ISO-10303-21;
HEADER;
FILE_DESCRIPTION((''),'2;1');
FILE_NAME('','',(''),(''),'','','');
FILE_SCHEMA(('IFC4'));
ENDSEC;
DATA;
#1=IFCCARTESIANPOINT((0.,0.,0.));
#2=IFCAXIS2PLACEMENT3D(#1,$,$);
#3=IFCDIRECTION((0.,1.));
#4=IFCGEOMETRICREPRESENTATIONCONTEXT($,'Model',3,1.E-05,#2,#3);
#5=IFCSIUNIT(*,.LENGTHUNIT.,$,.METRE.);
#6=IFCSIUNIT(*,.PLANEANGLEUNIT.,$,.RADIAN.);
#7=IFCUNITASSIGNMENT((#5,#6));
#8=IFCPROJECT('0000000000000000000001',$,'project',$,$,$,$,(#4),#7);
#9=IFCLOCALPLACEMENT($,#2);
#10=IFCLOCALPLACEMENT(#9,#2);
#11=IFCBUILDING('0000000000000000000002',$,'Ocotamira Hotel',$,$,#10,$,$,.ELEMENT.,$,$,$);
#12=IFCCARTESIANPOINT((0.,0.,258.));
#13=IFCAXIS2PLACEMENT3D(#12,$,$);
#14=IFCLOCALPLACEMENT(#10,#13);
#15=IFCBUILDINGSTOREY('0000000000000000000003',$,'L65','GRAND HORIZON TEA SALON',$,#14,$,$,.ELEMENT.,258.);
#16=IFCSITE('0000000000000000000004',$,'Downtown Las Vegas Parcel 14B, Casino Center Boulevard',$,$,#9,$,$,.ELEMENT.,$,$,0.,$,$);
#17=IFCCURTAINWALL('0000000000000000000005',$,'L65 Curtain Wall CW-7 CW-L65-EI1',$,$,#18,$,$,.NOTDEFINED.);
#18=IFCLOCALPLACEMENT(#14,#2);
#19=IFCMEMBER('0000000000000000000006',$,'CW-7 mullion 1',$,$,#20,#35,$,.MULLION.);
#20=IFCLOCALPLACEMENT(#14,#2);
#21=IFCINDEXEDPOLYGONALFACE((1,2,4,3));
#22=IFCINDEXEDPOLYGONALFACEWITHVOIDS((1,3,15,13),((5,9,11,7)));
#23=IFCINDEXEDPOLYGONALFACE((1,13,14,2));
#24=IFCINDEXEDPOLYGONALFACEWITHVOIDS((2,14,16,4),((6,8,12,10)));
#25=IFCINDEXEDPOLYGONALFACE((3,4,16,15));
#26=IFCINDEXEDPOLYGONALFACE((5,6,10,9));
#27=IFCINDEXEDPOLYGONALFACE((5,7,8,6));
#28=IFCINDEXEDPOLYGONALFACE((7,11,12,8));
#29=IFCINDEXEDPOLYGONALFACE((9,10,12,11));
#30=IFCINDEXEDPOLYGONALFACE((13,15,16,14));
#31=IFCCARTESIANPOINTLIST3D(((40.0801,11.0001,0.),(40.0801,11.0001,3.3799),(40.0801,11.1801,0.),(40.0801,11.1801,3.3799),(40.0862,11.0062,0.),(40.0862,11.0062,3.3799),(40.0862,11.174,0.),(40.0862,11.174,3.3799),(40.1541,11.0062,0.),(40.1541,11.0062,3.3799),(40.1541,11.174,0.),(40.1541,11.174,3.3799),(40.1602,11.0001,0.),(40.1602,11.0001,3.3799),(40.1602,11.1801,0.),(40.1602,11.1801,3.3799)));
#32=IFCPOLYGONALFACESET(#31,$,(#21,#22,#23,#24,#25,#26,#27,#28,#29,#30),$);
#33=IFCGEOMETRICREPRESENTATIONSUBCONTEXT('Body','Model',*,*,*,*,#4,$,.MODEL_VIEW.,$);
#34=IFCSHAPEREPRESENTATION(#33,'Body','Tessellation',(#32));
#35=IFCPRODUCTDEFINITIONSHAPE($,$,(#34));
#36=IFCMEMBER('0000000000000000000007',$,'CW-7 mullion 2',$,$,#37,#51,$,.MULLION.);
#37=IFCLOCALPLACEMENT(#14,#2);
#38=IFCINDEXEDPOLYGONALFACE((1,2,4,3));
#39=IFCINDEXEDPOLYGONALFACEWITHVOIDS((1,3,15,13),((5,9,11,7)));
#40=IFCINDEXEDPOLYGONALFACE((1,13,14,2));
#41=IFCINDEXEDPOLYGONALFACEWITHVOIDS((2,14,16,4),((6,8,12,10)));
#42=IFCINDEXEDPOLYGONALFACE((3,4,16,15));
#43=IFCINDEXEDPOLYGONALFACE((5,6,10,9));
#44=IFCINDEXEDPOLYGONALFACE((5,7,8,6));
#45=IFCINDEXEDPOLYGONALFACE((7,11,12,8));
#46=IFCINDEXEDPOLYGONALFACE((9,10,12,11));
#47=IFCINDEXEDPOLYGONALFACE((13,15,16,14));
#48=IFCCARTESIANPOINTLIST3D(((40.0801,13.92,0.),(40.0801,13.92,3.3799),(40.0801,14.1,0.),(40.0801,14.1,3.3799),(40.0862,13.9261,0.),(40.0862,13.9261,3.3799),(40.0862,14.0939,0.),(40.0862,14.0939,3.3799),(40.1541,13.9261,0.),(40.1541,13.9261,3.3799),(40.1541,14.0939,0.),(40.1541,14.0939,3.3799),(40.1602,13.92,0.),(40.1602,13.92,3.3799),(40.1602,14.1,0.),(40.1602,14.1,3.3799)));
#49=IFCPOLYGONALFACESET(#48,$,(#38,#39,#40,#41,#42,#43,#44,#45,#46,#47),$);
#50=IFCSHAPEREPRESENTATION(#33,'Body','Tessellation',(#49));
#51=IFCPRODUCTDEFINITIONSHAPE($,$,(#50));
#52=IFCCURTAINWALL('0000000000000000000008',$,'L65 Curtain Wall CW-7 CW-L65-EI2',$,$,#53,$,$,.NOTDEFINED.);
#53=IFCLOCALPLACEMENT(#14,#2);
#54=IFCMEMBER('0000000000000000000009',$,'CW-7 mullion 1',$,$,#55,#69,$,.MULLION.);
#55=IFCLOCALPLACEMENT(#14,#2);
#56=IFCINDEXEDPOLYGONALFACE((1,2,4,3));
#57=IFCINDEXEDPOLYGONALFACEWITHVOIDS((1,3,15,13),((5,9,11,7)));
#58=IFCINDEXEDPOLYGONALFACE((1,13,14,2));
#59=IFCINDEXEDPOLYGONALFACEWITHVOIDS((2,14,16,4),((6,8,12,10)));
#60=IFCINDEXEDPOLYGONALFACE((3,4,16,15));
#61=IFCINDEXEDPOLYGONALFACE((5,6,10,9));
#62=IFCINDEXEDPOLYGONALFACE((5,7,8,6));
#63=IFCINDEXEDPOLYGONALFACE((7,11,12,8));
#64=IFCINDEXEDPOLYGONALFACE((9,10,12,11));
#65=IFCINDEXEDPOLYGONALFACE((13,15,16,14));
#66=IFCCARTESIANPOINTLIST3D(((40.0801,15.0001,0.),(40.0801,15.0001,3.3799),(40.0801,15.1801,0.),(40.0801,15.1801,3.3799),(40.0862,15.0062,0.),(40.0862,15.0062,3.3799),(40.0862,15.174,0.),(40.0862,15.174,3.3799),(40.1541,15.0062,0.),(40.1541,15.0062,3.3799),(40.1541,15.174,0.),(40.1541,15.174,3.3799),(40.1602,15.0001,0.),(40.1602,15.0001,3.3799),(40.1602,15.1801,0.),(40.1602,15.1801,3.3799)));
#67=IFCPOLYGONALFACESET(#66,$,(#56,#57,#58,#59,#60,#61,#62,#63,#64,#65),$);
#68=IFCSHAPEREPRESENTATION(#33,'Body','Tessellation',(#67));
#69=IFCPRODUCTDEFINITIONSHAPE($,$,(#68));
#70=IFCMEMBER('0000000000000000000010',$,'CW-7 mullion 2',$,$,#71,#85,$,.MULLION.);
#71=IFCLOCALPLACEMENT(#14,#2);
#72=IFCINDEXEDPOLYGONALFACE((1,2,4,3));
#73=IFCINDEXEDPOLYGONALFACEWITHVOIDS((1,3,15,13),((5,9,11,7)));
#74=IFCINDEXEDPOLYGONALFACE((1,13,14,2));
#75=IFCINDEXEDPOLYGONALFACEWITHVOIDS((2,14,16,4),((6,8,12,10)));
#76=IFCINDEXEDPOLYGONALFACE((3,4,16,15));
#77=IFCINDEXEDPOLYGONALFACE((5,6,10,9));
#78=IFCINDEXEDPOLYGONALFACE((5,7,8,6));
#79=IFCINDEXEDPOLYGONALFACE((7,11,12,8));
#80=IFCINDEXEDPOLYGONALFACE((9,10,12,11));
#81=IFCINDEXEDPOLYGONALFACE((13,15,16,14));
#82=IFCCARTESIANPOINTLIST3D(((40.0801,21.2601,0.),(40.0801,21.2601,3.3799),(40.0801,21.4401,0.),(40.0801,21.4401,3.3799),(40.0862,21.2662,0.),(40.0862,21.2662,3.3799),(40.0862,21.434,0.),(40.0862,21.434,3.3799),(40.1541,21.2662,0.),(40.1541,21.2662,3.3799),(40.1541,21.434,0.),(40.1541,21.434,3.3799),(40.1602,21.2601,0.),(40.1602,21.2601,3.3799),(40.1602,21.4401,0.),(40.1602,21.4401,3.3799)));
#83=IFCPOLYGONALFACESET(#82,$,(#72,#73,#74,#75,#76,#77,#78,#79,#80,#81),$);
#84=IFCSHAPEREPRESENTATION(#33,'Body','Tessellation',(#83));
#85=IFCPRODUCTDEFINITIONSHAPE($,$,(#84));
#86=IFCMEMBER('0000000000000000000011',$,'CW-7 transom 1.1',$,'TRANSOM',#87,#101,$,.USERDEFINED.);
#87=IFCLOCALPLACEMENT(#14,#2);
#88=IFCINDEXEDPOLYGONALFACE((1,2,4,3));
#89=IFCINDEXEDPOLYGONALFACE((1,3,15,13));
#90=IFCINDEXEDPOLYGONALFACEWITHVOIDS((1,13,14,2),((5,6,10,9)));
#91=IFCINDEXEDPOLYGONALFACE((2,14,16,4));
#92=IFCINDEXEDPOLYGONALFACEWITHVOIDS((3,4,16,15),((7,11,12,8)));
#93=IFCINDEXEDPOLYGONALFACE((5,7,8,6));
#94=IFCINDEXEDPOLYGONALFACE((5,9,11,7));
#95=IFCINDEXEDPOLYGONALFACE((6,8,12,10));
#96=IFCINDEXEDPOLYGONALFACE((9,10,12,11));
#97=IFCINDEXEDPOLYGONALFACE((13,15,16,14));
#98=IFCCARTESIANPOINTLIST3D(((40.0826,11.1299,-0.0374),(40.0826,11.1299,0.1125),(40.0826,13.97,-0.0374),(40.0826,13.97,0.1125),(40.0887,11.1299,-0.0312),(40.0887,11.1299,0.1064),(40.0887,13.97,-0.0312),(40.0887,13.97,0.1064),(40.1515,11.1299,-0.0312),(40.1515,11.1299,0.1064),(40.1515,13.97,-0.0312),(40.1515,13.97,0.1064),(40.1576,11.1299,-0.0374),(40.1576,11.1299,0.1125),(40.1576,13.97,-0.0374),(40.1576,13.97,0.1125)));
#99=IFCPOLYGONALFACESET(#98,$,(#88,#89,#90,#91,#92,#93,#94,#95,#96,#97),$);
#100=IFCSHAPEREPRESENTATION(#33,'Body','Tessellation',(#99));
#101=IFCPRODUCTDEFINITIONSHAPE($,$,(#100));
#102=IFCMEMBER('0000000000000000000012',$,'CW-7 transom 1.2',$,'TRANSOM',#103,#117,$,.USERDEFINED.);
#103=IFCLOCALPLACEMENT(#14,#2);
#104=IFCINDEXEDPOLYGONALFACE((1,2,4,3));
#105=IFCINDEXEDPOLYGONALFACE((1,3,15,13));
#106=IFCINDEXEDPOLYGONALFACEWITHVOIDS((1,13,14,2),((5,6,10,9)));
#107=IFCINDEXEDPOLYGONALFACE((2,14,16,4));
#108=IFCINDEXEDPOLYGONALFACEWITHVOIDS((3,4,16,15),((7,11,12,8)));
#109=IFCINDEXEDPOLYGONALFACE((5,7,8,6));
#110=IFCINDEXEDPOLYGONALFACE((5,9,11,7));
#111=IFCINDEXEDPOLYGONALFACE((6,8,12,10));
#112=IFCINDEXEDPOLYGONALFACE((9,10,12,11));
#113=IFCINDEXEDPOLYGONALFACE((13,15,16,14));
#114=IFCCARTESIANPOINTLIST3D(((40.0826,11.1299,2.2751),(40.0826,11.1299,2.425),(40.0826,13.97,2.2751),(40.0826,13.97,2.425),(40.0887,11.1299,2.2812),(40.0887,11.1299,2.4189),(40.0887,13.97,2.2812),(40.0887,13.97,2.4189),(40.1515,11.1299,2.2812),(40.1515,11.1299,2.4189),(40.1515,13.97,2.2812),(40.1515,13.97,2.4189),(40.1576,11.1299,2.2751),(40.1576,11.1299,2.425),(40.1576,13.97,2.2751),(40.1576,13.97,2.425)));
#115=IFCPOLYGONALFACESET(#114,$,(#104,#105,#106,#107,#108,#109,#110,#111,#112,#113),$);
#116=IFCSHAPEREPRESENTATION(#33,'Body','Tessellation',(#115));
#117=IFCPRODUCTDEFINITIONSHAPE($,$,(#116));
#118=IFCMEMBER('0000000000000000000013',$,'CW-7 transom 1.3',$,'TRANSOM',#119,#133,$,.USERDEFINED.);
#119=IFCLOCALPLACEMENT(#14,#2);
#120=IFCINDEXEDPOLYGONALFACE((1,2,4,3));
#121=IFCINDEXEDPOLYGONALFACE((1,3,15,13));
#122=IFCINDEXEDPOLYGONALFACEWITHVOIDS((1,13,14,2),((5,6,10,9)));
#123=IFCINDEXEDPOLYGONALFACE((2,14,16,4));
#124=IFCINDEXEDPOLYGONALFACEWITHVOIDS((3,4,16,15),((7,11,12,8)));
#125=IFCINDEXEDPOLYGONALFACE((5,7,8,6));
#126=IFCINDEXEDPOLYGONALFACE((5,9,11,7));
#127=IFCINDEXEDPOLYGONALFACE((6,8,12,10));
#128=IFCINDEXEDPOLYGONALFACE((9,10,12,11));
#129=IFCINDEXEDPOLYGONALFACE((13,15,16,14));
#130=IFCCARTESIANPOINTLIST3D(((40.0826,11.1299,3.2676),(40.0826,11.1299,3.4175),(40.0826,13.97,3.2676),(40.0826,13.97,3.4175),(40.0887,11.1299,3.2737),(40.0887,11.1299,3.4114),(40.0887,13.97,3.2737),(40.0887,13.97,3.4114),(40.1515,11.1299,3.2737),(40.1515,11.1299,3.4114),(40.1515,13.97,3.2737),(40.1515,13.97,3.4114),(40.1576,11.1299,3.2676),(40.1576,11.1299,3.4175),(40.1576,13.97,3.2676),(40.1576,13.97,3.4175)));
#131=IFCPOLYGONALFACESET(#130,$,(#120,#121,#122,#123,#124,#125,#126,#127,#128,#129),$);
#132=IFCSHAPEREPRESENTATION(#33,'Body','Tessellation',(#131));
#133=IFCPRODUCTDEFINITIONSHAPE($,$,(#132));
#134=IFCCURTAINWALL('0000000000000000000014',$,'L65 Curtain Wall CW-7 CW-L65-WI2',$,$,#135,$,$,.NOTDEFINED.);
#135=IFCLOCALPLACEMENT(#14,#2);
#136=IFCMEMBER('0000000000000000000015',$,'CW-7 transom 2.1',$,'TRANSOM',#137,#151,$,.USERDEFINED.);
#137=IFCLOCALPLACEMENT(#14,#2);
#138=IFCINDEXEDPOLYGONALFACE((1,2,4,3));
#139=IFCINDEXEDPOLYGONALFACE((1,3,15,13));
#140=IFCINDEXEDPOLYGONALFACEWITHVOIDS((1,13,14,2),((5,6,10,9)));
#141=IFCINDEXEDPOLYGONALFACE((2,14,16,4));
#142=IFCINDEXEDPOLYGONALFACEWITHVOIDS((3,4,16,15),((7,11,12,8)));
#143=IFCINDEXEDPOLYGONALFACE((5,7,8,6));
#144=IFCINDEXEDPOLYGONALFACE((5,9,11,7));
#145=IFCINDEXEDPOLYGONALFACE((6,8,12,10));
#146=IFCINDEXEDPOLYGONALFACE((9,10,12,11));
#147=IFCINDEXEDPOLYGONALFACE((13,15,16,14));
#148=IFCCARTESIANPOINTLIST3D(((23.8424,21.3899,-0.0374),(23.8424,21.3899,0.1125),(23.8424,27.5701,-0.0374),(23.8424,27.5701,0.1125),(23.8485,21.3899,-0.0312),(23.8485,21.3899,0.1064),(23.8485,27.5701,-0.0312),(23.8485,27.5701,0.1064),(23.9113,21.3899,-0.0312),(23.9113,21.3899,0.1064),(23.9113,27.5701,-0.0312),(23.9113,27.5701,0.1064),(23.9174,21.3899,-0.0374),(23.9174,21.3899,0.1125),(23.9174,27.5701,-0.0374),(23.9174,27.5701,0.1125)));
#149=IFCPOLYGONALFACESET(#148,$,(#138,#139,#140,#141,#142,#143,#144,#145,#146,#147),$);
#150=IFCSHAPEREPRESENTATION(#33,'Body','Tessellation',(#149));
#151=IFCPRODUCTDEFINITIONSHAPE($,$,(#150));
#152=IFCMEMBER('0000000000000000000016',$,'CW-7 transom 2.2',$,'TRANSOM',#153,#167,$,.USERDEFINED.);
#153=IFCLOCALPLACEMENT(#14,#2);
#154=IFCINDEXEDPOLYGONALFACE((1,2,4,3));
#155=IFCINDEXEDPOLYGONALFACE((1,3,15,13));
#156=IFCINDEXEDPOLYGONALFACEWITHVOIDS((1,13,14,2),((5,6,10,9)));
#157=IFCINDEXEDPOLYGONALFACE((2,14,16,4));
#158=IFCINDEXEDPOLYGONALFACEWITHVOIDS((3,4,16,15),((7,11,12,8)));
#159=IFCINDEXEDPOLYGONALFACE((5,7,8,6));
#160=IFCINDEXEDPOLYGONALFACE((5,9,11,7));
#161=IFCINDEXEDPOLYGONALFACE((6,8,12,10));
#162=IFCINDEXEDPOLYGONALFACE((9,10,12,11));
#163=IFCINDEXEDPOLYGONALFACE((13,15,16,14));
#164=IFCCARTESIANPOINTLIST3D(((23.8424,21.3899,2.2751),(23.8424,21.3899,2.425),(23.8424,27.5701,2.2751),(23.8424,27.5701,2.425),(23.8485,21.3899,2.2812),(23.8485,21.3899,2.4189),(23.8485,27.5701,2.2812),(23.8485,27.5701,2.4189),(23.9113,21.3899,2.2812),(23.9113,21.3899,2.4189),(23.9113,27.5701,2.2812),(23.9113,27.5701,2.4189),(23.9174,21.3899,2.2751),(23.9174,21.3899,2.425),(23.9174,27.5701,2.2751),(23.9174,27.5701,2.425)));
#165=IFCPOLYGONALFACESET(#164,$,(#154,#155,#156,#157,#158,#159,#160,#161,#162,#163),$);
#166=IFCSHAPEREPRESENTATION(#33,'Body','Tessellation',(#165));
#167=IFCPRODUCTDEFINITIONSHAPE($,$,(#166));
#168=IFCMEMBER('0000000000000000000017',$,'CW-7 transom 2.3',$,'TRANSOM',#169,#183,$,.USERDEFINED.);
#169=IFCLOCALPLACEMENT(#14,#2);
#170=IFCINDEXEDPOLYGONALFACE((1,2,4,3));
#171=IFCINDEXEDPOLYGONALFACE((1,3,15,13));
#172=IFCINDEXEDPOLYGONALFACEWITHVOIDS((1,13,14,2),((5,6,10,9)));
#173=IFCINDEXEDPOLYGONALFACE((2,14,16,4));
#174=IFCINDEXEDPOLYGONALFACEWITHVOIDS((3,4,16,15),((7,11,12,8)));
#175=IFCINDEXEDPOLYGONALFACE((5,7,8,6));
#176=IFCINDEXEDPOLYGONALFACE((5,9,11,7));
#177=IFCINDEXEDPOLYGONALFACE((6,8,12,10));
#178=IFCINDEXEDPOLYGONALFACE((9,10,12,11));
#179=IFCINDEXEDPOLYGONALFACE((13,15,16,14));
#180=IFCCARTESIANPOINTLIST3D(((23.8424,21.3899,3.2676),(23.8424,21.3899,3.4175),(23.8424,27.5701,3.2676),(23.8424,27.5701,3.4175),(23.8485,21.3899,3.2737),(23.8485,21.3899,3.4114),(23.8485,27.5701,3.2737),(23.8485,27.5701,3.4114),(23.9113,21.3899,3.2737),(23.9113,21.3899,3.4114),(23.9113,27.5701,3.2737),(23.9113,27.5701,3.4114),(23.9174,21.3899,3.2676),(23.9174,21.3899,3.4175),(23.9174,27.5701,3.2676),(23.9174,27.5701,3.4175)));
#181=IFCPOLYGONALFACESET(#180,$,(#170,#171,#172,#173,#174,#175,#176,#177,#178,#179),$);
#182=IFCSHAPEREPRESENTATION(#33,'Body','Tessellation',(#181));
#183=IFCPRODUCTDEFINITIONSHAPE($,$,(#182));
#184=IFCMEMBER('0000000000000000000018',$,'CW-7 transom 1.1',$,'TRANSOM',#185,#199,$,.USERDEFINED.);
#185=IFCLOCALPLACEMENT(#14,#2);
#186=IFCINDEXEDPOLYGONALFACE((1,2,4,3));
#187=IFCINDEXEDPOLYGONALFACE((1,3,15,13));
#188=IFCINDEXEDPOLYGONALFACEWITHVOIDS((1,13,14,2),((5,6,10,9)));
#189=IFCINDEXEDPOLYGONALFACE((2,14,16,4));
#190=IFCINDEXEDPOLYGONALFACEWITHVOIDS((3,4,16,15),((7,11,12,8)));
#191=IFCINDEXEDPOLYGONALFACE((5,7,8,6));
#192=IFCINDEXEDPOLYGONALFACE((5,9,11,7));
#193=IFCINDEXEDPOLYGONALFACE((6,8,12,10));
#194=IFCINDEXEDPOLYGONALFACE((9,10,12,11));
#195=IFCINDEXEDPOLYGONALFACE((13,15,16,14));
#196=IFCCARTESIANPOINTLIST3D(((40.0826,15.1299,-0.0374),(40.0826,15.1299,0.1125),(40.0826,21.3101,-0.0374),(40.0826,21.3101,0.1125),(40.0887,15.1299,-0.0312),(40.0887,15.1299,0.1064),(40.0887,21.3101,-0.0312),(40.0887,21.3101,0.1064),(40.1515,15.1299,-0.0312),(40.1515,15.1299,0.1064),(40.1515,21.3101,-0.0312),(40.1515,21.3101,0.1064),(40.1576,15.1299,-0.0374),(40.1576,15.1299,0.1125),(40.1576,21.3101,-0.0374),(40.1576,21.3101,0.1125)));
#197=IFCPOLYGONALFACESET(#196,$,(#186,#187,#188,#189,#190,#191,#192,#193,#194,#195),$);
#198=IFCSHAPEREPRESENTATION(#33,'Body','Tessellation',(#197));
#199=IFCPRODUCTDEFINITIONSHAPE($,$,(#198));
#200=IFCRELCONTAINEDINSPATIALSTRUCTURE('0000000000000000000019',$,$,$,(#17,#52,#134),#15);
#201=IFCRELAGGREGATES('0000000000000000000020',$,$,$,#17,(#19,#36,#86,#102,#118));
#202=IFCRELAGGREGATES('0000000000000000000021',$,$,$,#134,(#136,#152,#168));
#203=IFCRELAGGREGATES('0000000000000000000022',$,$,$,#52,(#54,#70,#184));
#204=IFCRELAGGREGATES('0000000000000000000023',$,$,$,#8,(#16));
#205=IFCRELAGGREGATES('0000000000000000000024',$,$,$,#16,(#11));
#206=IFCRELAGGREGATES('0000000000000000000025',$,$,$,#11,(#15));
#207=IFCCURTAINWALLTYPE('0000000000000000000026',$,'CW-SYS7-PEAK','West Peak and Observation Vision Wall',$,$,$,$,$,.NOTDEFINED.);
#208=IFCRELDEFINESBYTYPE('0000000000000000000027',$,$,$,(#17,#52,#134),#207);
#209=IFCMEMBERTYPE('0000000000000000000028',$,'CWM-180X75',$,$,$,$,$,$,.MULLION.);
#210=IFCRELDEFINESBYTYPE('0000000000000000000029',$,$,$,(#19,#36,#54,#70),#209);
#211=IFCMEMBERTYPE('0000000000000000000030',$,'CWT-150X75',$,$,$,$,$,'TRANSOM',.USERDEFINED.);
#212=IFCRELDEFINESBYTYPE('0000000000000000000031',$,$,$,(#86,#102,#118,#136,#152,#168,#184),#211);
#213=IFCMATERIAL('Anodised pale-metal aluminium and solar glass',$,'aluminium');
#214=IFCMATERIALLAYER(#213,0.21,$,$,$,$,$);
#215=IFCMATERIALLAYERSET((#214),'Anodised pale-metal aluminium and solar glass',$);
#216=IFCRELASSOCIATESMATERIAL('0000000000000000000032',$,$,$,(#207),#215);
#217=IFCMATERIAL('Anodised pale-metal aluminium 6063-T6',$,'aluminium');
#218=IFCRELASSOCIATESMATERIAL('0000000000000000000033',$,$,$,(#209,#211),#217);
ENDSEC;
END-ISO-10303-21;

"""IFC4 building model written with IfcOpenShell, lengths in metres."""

from ifc_helpers import new_model, si_unit, direction, frame, origin, origin_2d, place, context, subcontext, project, spatial, hollow_rectangle, extrude, source, transform, mapped, material, layer, layer_set, material_profile, profile_set, type_object, element, aggregate, save


model = new_model("IFC4")

# Units and contexts
model_context = context("Model", 3, precision=1e-05, world=origin(), true_north=direction((0.0, 1.0)))
body_context = subcontext(model_context, "Body", "Model", "MODEL_VIEW")
ifc_project = project(units=[si_unit("LENGTHUNIT", "METRE"), si_unit("PLANEANGLEUNIT", "RADIAN")], contexts=[model_context])

# Site, building, storey
site_placement = place(None, origin())
site = spatial("IfcSite", under=ifc_project, at=site_placement, Name="Downtown Las Vegas Parcel 14B, Casino Center Boulevard", CompositionType="ELEMENT", RefElevation=0.0)
building_placement = place(site_placement, origin())
building = spatial("IfcBuilding", under=site, at=building_placement, Name="Ocotamira Hotel", CompositionType="ELEMENT")
storey_placement = place(building_placement, frame((0.0, 0.0, 258.0)))
storey = spatial("IfcBuildingStorey", under=building, at=storey_placement, Name="L65", Description="GRAND HORIZON TEA SALON", CompositionType="ELEMENT", Elevation=258.0)

# Curtain walls, members
ifc_material_1 = material(Name="Anodised pale-metal aluminium and solar glass", Category="aluminium")
ifc_layer_1 = layer(ifc_material_1, 0.21)
ifc_layer_set_1 = layer_set([ifc_layer_1], Name="Anodised pale-metal aluminium and solar glass")
curtain_wall_type = type_object("IfcCurtainWallType", Name="CW-SYS7-PEAK", Description="West Peak and Observation Vision Wall", PredefinedType="NOTDEFINED", material=ifc_layer_set_1)
curtain_wall_1_placement = place(storey_placement, origin())
curtain_wall_1 = element("IfcCurtainWall", 1, at=curtain_wall_1_placement, inside=storey, type_object=curtain_wall_type, Name="L65 Curtain Wall CW-7 CW-L65-EI1", PredefinedType="NOTDEFINED")
ifc_material_2 = material(Name="Anodised pale-metal aluminium 6063-T6", Category="aluminium")
ifc_material_profile_1 = material_profile(ifc_material_2, hollow_rectangle(XDim=0.0801, YDim=0.1799, WallThickness=0.0061, at=origin_2d()), Name="HSS180X80X6")
ifc_profile_set_1 = profile_set([ifc_material_profile_1], Name="Anodised pale-metal aluminium 6063-T6")
member_type_1 = type_object("IfcMemberType", Name="CWM-180X75", PredefinedType="MULLION", material=ifc_profile_set_1)
shared_shape_1 = source(origin(), body_context, "Body", "SweptSolid", [
    extrude(hollow_rectangle(XDim=0.0801, YDim=0.1799, WallThickness=0.0061, at=origin_2d()), origin(), (0.0, 0.0, 1.0), 3.3799),
])
member_1_placement = place(storey_placement, frame((40.1201, 11.0901, 0.0), z_axis=(0.0, 0.0, 1.0), x_axis=(-1.0, 0.0, 0.0)))
member_1 = element("IfcMember", 2, at=member_1_placement, type_object=member_type_1, Name="CW-7 mullion 1", PredefinedType="MULLION", context=body_context, shape_type="MappedRepresentation", body=[
    mapped(shared_shape_1, transform((0.0, 0.0, 0.0), scale=1.0)),
])
member_2_placement = place(storey_placement, frame((40.1201, 14.01, 0.0), z_axis=(0.0, 0.0, 1.0), x_axis=(-1.0, 0.0, 0.0)))
member_2 = element("IfcMember", 3, at=member_2_placement, type_object=member_type_1, Name="CW-7 mullion 2", PredefinedType="MULLION", context=body_context, shape_type="MappedRepresentation", body=[
    mapped(shared_shape_1, transform((0.0, 0.0, 0.0), scale=1.0)),
])
curtain_wall_2_placement = place(storey_placement, origin())
curtain_wall_2 = element("IfcCurtainWall", 4, at=curtain_wall_2_placement, inside=storey, type_object=curtain_wall_type, Name="L65 Curtain Wall CW-7 CW-L65-EI2", PredefinedType="NOTDEFINED")
member_3_placement = place(storey_placement, frame((40.1201, 15.0901, 0.0), z_axis=(0.0, 0.0, 1.0), x_axis=(-1.0, 0.0, 0.0)))
member_3 = element("IfcMember", 5, at=member_3_placement, type_object=member_type_1, Name="CW-7 mullion 1", PredefinedType="MULLION", context=body_context, shape_type="MappedRepresentation", body=[
    mapped(shared_shape_1, transform((0.0, 0.0, 0.0), scale=1.0)),
])
member_4_placement = place(storey_placement, frame((40.1201, 21.3501, 0.0), z_axis=(0.0, 0.0, 1.0), x_axis=(-1.0, 0.0, 0.0)))
member_4 = element("IfcMember", 6, at=member_4_placement, type_object=member_type_1, Name="CW-7 mullion 2", PredefinedType="MULLION", context=body_context, shape_type="MappedRepresentation", body=[
    mapped(shared_shape_1, transform((0.0, 0.0, 0.0), scale=1.0)),
])

# Members
ifc_material_profile_2 = material_profile(ifc_material_2, hollow_rectangle(XDim=0.075, YDim=0.1499, WallThickness=0.0061, at=origin_2d()), Name="HSS150X75X6")
ifc_profile_set_2 = profile_set([ifc_material_profile_2], Name="Anodised pale-metal aluminium 6063-T6")
member_type_2 = type_object("IfcMemberType", Name="CWT-150X75", ElementType="TRANSOM", PredefinedType="USERDEFINED", material=ifc_profile_set_2)
shared_shape_2 = source(origin(), body_context, "Body", "SweptSolid", [
    extrude(hollow_rectangle(XDim=0.075, YDim=0.1499, WallThickness=0.0061, at=origin_2d()), origin(), (0.0, 0.0, 1.0), 2.8401),
])
member_5_placement = place(storey_placement, frame((40.1201, 11.1299, 0.0376), z_axis=(0.0, 1.0, 0.0), x_axis=(-1.0, 0.0, 0.0)))
member_5 = element("IfcMember", 7, at=member_5_placement, type_object=member_type_2, Name="CW-7 transom 1.1", ObjectType="TRANSOM", PredefinedType="USERDEFINED", context=body_context, shape_type="MappedRepresentation", body=[
    mapped(shared_shape_2, transform((0.0, 0.0, 0.0), scale=1.0)),
])
member_6_placement = place(storey_placement, frame((40.1201, 11.1299, 2.3501), z_axis=(0.0, 1.0, 0.0), x_axis=(-1.0, 0.0, 0.0)))
member_6 = element("IfcMember", 8, at=member_6_placement, type_object=member_type_2, Name="CW-7 transom 1.2", ObjectType="TRANSOM", PredefinedType="USERDEFINED", context=body_context, shape_type="MappedRepresentation", body=[
    mapped(shared_shape_2, transform((0.0, 0.0, 0.0), scale=1.0)),
])
member_7_placement = place(storey_placement, frame((40.1201, 11.1299, 3.3425), z_axis=(0.0, 1.0, 0.0), x_axis=(-1.0, 0.0, 0.0)))
member_7 = element("IfcMember", 9, at=member_7_placement, type_object=member_type_2, Name="CW-7 transom 1.3", ObjectType="TRANSOM", PredefinedType="USERDEFINED", context=body_context, shape_type="MappedRepresentation", body=[
    mapped(shared_shape_2, transform((0.0, 0.0, 0.0), scale=1.0)),
])

# Curtain wall, members
curtain_wall_3_placement = place(storey_placement, origin())
curtain_wall_3 = element("IfcCurtainWall", 10, at=curtain_wall_3_placement, inside=storey, type_object=curtain_wall_type, Name="L65 Curtain Wall CW-7 CW-L65-WI2", PredefinedType="NOTDEFINED")
shared_shape_3 = source(origin(), body_context, "Body", "SweptSolid", [
    extrude(hollow_rectangle(XDim=0.075, YDim=0.1499, WallThickness=0.0061, at=origin_2d()), origin(), (0.0, 0.0, 1.0), 6.1802),
])
member_8_placement = place(storey_placement, frame((23.8799, 21.3899, 0.0376), z_axis=(0.0, 1.0, 0.0), x_axis=(-1.0, 0.0, 0.0)))
member_8 = element("IfcMember", 11, at=member_8_placement, type_object=member_type_2, Name="CW-7 transom 2.1", ObjectType="TRANSOM", PredefinedType="USERDEFINED", context=body_context, shape_type="MappedRepresentation", body=[
    mapped(shared_shape_3, transform((0.0, 0.0, 0.0), scale=1.0)),
])
member_9_placement = place(storey_placement, frame((23.8799, 21.3899, 2.3501), z_axis=(0.0, 1.0, 0.0), x_axis=(-1.0, 0.0, 0.0)))
member_9 = element("IfcMember", 12, at=member_9_placement, type_object=member_type_2, Name="CW-7 transom 2.2", ObjectType="TRANSOM", PredefinedType="USERDEFINED", context=body_context, shape_type="MappedRepresentation", body=[
    mapped(shared_shape_3, transform((0.0, 0.0, 0.0), scale=1.0)),
])
member_10_placement = place(storey_placement, frame((23.8799, 21.3899, 3.3425), z_axis=(0.0, 1.0, 0.0), x_axis=(-1.0, 0.0, 0.0)))
member_10 = element("IfcMember", 13, at=member_10_placement, type_object=member_type_2, Name="CW-7 transom 2.3", ObjectType="TRANSOM", PredefinedType="USERDEFINED", context=body_context, shape_type="MappedRepresentation", body=[
    mapped(shared_shape_3, transform((0.0, 0.0, 0.0), scale=1.0)),
])

# Member
member_11_placement = place(storey_placement, frame((40.1201, 15.1299, 0.0376), z_axis=(0.0, 1.0, 0.0), x_axis=(-1.0, 0.0, 0.0)))
member_11 = element("IfcMember", 14, at=member_11_placement, type_object=member_type_2, Name="CW-7 transom 1.1", ObjectType="TRANSOM", PredefinedType="USERDEFINED", context=body_context, shape_type="MappedRepresentation", body=[
    mapped(shared_shape_3, transform((0.0, 0.0, 0.0), scale=1.0)),
])

aggregate(curtain_wall_1, [member_1, member_2, member_5, member_6, member_7])
aggregate(curtain_wall_3, [member_8, member_9, member_10])
aggregate(curtain_wall_2, [member_3, member_4, member_11])

save(model, "model.ifc")
